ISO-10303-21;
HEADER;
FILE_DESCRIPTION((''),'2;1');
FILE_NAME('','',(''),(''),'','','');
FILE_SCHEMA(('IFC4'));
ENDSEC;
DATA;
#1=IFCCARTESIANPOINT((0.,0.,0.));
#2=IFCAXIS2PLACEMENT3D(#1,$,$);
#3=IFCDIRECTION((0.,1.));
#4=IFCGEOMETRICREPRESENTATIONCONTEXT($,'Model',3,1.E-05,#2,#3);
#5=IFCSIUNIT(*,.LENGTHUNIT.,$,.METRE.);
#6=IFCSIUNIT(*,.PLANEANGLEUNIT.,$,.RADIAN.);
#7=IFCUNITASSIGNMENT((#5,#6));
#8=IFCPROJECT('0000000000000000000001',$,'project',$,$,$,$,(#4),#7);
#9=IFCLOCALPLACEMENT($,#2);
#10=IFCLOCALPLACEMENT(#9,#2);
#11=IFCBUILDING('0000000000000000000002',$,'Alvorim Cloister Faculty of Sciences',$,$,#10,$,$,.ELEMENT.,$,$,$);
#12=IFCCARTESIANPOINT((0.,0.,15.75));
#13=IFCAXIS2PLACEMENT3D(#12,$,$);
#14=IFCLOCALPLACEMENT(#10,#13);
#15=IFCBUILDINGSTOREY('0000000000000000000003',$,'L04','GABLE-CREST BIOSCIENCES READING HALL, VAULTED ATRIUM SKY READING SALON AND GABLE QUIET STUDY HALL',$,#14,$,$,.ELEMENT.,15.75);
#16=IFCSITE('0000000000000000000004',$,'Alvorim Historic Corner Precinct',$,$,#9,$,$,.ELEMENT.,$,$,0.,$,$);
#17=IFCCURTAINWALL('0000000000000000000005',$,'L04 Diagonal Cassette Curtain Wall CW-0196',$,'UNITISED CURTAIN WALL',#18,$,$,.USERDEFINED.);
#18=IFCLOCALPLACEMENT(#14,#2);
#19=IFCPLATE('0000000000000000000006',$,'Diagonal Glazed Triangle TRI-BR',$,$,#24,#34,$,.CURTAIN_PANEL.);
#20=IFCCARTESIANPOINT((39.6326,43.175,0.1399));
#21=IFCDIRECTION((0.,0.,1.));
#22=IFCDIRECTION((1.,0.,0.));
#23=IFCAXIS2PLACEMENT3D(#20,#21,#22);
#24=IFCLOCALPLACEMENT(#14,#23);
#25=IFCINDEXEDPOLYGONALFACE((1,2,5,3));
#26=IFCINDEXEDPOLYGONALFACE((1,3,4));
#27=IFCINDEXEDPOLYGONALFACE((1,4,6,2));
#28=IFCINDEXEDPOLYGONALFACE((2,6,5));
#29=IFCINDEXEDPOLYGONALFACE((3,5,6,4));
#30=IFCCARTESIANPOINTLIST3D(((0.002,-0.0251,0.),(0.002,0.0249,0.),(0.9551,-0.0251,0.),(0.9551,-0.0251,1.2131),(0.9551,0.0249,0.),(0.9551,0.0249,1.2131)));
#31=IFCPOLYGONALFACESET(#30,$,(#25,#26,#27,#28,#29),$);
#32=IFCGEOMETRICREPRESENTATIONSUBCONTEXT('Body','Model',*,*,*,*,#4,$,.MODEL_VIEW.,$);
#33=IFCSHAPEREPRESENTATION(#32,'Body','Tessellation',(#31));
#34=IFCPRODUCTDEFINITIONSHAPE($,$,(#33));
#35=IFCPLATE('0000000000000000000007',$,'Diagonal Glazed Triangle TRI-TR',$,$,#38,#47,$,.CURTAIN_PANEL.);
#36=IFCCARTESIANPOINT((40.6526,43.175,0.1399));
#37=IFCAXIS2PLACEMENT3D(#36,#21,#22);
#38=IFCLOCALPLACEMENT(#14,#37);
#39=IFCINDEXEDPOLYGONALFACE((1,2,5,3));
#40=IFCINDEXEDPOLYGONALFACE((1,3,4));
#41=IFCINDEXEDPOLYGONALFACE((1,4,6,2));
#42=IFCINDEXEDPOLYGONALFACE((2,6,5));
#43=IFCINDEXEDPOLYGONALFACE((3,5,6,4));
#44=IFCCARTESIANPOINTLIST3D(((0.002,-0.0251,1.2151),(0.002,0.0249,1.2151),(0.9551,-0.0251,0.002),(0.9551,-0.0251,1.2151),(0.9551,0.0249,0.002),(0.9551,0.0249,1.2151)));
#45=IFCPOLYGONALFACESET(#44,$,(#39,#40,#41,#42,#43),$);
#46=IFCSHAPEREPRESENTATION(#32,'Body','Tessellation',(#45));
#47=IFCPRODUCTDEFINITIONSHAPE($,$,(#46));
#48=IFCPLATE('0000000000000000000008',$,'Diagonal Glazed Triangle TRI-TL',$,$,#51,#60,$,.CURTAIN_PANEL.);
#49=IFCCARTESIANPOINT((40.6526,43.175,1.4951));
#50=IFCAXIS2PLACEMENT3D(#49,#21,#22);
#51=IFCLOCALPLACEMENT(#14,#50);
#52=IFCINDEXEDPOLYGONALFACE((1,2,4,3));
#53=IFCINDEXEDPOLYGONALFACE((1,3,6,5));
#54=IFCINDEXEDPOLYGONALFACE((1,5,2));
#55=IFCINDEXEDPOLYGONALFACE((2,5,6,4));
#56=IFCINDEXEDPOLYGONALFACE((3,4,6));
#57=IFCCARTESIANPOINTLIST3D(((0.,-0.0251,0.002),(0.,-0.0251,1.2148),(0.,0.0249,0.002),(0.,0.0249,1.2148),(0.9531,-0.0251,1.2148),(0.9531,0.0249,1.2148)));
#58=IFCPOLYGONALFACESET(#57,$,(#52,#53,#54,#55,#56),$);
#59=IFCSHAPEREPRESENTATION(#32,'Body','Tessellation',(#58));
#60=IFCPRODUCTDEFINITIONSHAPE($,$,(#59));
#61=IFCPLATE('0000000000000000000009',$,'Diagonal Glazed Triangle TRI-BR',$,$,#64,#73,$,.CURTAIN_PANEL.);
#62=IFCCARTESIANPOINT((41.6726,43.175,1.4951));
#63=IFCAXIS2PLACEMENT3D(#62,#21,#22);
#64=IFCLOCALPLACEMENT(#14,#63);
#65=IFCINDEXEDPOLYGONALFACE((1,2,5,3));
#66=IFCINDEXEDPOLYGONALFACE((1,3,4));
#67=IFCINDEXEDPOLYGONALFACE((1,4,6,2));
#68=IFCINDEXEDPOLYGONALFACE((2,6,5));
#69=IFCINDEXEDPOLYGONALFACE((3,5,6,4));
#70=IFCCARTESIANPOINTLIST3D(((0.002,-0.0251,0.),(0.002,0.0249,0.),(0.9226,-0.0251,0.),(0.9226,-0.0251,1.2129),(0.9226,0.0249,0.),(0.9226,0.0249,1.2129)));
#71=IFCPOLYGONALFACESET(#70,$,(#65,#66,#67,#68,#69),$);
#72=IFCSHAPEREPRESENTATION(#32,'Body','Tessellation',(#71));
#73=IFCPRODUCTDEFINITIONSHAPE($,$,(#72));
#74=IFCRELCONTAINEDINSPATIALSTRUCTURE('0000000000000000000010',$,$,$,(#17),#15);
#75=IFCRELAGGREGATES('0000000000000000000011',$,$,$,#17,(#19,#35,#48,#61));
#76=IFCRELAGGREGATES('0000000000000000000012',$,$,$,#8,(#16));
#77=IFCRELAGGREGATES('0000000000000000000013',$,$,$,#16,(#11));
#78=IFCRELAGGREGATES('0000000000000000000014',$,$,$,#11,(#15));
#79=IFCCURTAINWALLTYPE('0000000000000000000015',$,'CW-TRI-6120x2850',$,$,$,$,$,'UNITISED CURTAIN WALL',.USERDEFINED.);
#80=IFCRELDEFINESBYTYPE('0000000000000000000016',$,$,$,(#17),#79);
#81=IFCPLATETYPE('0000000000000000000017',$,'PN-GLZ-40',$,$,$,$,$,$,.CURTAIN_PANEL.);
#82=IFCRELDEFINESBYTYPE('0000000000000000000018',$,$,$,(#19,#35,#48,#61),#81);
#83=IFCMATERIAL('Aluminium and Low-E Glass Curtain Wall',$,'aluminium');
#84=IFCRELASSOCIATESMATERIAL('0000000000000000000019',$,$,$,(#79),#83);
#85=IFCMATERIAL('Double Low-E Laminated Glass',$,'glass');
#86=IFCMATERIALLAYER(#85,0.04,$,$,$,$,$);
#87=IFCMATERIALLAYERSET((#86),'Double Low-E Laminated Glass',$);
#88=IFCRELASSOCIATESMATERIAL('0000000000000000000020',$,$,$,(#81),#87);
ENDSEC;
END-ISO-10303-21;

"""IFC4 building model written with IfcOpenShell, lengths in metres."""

from ifc_helpers import new_model, si_unit, direction, frame, origin, place, context, subcontext, project, spatial, polyline, outline, extrude, material, layer, layer_set, type_object, element, aggregate, save


model = new_model("IFC4")

# Units and contexts
model_context = context("Model", 3, precision=1e-05, world=origin(), true_north=direction((0.0, 1.0)))
body_context = subcontext(model_context, "Body", "Model", "MODEL_VIEW")
ifc_project = project(units=[si_unit("LENGTHUNIT", "METRE"), si_unit("PLANEANGLEUNIT", "RADIAN")], contexts=[model_context])

# Site, building, storey
site_placement = place(None, origin())
site = spatial("IfcSite", under=ifc_project, at=site_placement, Name="Alvorim Historic Corner Precinct", CompositionType="ELEMENT", RefElevation=0.0)
building_placement = place(site_placement, origin())
building = spatial("IfcBuilding", under=site, at=building_placement, Name="Alvorim Cloister Faculty of Sciences", CompositionType="ELEMENT")
storey_placement = place(building_placement, frame((0.0, 0.0, 15.75)))
storey = spatial("IfcBuildingStorey", under=building, at=storey_placement, Name="L04", Description="GABLE-CREST BIOSCIENCES READING HALL, VAULTED ATRIUM SKY READING SALON AND GABLE QUIET STUDY HALL", CompositionType="ELEMENT", Elevation=15.75)

# Curtain wall, plates
ifc_material_1 = material(Name="Aluminium and Low-E Glass Curtain Wall", Category="aluminium")
curtain_wall_type = type_object("IfcCurtainWallType", Name="CW-TRI-6120x2850", ElementType="UNITISED CURTAIN WALL", PredefinedType="USERDEFINED", material=ifc_material_1)
curtain_wall_placement = place(storey_placement, origin())
curtain_wall = element("IfcCurtainWall", 1, at=curtain_wall_placement, inside=storey, type_object=curtain_wall_type, Name="L04 Diagonal Cassette Curtain Wall CW-0196", ObjectType="UNITISED CURTAIN WALL", PredefinedType="USERDEFINED")
ifc_material_2 = material(Name="Double Low-E Laminated Glass", Category="glass")
ifc_layer = layer(ifc_material_2, 0.04)
ifc_layer_set = layer_set([ifc_layer], Name="Double Low-E Laminated Glass")
plate_type = type_object("IfcPlateType", Name="PN-GLZ-40", PredefinedType="CURTAIN_PANEL", material=ifc_layer_set)
plate_1_placement = place(storey_placement, frame((39.6326, 43.175, 0.1399), z_axis=(0.0, 0.0, 1.0), x_axis=(1.0, 0.0, 0.0)))
plate_1 = element("IfcPlate", 2, at=plate_1_placement, type_object=plate_type, Name="Diagonal Glazed Triangle TRI-BR", PredefinedType="CURTAIN_PANEL", context=body_context, shape_type="SweptSolid", body=[
    extrude(outline(polyline([(0.002, 0.0), (0.9551, 0.0), (0.9551, 1.2131), (0.002, 0.0)])), frame((0.0, 0.0249, 0.0), z_axis=(0.0, -1.0, 0.0), x_axis=(1.0, 0.0, 0.0)), (0.0, 0.0, 1.0), 0.05),
])
plate_2_placement = place(storey_placement, frame((40.6526, 43.175, 0.1399), z_axis=(0.0, 0.0, 1.0), x_axis=(1.0, 0.0, 0.0)))
plate_2 = element("IfcPlate", 3, at=plate_2_placement, type_object=plate_type, Name="Diagonal Glazed Triangle TRI-TR", PredefinedType="CURTAIN_PANEL", context=body_context, shape_type="SweptSolid", body=[
    extrude(outline(polyline([(0.9551, 0.002), (0.9551, 1.2151), (0.002, 1.2151), (0.9551, 0.002)])), frame((0.0, 0.0249, 0.0), z_axis=(0.0, -1.0, 0.0), x_axis=(1.0, 0.0, 0.0)), (0.0, 0.0, 1.0), 0.05),
])
plate_3_placement = place(storey_placement, frame((40.6526, 43.175, 1.4951), z_axis=(0.0, 0.0, 1.0), x_axis=(1.0, 0.0, 0.0)))
plate_3 = element("IfcPlate", 4, at=plate_3_placement, type_object=plate_type, Name="Diagonal Glazed Triangle TRI-TL", PredefinedType="CURTAIN_PANEL", context=body_context, shape_type="SweptSolid", body=[
    extrude(outline(polyline([(0.9531, 1.2148), (0.0, 1.2148), (0.0, 0.002), (0.9531, 1.2148)])), frame((0.0, 0.0249, 0.0), z_axis=(0.0, -1.0, 0.0), x_axis=(1.0, 0.0, 0.0)), (0.0, 0.0, 1.0), 0.05),
])
plate_4_placement = place(storey_placement, frame((41.6726, 43.175, 1.4951), z_axis=(0.0, 0.0, 1.0), x_axis=(1.0, 0.0, 0.0)))
plate_4 = element("IfcPlate", 5, at=plate_4_placement, type_object=plate_type, Name="Diagonal Glazed Triangle TRI-BR", PredefinedType="CURTAIN_PANEL", context=body_context, shape_type="SweptSolid", body=[
    extrude(outline(polyline([(0.002, 0.0), (0.9226, 0.0), (0.9226, 1.2129), (0.002, 0.0)])), frame((0.0, 0.0249, 0.0), z_axis=(0.0, -1.0, 0.0), x_axis=(1.0, 0.0, 0.0)), (0.0, 0.0, 1.0), 0.05),
])
aggregate(curtain_wall, [plate_1, plate_2, plate_3, plate_4])

save(model, "model.ifc")
